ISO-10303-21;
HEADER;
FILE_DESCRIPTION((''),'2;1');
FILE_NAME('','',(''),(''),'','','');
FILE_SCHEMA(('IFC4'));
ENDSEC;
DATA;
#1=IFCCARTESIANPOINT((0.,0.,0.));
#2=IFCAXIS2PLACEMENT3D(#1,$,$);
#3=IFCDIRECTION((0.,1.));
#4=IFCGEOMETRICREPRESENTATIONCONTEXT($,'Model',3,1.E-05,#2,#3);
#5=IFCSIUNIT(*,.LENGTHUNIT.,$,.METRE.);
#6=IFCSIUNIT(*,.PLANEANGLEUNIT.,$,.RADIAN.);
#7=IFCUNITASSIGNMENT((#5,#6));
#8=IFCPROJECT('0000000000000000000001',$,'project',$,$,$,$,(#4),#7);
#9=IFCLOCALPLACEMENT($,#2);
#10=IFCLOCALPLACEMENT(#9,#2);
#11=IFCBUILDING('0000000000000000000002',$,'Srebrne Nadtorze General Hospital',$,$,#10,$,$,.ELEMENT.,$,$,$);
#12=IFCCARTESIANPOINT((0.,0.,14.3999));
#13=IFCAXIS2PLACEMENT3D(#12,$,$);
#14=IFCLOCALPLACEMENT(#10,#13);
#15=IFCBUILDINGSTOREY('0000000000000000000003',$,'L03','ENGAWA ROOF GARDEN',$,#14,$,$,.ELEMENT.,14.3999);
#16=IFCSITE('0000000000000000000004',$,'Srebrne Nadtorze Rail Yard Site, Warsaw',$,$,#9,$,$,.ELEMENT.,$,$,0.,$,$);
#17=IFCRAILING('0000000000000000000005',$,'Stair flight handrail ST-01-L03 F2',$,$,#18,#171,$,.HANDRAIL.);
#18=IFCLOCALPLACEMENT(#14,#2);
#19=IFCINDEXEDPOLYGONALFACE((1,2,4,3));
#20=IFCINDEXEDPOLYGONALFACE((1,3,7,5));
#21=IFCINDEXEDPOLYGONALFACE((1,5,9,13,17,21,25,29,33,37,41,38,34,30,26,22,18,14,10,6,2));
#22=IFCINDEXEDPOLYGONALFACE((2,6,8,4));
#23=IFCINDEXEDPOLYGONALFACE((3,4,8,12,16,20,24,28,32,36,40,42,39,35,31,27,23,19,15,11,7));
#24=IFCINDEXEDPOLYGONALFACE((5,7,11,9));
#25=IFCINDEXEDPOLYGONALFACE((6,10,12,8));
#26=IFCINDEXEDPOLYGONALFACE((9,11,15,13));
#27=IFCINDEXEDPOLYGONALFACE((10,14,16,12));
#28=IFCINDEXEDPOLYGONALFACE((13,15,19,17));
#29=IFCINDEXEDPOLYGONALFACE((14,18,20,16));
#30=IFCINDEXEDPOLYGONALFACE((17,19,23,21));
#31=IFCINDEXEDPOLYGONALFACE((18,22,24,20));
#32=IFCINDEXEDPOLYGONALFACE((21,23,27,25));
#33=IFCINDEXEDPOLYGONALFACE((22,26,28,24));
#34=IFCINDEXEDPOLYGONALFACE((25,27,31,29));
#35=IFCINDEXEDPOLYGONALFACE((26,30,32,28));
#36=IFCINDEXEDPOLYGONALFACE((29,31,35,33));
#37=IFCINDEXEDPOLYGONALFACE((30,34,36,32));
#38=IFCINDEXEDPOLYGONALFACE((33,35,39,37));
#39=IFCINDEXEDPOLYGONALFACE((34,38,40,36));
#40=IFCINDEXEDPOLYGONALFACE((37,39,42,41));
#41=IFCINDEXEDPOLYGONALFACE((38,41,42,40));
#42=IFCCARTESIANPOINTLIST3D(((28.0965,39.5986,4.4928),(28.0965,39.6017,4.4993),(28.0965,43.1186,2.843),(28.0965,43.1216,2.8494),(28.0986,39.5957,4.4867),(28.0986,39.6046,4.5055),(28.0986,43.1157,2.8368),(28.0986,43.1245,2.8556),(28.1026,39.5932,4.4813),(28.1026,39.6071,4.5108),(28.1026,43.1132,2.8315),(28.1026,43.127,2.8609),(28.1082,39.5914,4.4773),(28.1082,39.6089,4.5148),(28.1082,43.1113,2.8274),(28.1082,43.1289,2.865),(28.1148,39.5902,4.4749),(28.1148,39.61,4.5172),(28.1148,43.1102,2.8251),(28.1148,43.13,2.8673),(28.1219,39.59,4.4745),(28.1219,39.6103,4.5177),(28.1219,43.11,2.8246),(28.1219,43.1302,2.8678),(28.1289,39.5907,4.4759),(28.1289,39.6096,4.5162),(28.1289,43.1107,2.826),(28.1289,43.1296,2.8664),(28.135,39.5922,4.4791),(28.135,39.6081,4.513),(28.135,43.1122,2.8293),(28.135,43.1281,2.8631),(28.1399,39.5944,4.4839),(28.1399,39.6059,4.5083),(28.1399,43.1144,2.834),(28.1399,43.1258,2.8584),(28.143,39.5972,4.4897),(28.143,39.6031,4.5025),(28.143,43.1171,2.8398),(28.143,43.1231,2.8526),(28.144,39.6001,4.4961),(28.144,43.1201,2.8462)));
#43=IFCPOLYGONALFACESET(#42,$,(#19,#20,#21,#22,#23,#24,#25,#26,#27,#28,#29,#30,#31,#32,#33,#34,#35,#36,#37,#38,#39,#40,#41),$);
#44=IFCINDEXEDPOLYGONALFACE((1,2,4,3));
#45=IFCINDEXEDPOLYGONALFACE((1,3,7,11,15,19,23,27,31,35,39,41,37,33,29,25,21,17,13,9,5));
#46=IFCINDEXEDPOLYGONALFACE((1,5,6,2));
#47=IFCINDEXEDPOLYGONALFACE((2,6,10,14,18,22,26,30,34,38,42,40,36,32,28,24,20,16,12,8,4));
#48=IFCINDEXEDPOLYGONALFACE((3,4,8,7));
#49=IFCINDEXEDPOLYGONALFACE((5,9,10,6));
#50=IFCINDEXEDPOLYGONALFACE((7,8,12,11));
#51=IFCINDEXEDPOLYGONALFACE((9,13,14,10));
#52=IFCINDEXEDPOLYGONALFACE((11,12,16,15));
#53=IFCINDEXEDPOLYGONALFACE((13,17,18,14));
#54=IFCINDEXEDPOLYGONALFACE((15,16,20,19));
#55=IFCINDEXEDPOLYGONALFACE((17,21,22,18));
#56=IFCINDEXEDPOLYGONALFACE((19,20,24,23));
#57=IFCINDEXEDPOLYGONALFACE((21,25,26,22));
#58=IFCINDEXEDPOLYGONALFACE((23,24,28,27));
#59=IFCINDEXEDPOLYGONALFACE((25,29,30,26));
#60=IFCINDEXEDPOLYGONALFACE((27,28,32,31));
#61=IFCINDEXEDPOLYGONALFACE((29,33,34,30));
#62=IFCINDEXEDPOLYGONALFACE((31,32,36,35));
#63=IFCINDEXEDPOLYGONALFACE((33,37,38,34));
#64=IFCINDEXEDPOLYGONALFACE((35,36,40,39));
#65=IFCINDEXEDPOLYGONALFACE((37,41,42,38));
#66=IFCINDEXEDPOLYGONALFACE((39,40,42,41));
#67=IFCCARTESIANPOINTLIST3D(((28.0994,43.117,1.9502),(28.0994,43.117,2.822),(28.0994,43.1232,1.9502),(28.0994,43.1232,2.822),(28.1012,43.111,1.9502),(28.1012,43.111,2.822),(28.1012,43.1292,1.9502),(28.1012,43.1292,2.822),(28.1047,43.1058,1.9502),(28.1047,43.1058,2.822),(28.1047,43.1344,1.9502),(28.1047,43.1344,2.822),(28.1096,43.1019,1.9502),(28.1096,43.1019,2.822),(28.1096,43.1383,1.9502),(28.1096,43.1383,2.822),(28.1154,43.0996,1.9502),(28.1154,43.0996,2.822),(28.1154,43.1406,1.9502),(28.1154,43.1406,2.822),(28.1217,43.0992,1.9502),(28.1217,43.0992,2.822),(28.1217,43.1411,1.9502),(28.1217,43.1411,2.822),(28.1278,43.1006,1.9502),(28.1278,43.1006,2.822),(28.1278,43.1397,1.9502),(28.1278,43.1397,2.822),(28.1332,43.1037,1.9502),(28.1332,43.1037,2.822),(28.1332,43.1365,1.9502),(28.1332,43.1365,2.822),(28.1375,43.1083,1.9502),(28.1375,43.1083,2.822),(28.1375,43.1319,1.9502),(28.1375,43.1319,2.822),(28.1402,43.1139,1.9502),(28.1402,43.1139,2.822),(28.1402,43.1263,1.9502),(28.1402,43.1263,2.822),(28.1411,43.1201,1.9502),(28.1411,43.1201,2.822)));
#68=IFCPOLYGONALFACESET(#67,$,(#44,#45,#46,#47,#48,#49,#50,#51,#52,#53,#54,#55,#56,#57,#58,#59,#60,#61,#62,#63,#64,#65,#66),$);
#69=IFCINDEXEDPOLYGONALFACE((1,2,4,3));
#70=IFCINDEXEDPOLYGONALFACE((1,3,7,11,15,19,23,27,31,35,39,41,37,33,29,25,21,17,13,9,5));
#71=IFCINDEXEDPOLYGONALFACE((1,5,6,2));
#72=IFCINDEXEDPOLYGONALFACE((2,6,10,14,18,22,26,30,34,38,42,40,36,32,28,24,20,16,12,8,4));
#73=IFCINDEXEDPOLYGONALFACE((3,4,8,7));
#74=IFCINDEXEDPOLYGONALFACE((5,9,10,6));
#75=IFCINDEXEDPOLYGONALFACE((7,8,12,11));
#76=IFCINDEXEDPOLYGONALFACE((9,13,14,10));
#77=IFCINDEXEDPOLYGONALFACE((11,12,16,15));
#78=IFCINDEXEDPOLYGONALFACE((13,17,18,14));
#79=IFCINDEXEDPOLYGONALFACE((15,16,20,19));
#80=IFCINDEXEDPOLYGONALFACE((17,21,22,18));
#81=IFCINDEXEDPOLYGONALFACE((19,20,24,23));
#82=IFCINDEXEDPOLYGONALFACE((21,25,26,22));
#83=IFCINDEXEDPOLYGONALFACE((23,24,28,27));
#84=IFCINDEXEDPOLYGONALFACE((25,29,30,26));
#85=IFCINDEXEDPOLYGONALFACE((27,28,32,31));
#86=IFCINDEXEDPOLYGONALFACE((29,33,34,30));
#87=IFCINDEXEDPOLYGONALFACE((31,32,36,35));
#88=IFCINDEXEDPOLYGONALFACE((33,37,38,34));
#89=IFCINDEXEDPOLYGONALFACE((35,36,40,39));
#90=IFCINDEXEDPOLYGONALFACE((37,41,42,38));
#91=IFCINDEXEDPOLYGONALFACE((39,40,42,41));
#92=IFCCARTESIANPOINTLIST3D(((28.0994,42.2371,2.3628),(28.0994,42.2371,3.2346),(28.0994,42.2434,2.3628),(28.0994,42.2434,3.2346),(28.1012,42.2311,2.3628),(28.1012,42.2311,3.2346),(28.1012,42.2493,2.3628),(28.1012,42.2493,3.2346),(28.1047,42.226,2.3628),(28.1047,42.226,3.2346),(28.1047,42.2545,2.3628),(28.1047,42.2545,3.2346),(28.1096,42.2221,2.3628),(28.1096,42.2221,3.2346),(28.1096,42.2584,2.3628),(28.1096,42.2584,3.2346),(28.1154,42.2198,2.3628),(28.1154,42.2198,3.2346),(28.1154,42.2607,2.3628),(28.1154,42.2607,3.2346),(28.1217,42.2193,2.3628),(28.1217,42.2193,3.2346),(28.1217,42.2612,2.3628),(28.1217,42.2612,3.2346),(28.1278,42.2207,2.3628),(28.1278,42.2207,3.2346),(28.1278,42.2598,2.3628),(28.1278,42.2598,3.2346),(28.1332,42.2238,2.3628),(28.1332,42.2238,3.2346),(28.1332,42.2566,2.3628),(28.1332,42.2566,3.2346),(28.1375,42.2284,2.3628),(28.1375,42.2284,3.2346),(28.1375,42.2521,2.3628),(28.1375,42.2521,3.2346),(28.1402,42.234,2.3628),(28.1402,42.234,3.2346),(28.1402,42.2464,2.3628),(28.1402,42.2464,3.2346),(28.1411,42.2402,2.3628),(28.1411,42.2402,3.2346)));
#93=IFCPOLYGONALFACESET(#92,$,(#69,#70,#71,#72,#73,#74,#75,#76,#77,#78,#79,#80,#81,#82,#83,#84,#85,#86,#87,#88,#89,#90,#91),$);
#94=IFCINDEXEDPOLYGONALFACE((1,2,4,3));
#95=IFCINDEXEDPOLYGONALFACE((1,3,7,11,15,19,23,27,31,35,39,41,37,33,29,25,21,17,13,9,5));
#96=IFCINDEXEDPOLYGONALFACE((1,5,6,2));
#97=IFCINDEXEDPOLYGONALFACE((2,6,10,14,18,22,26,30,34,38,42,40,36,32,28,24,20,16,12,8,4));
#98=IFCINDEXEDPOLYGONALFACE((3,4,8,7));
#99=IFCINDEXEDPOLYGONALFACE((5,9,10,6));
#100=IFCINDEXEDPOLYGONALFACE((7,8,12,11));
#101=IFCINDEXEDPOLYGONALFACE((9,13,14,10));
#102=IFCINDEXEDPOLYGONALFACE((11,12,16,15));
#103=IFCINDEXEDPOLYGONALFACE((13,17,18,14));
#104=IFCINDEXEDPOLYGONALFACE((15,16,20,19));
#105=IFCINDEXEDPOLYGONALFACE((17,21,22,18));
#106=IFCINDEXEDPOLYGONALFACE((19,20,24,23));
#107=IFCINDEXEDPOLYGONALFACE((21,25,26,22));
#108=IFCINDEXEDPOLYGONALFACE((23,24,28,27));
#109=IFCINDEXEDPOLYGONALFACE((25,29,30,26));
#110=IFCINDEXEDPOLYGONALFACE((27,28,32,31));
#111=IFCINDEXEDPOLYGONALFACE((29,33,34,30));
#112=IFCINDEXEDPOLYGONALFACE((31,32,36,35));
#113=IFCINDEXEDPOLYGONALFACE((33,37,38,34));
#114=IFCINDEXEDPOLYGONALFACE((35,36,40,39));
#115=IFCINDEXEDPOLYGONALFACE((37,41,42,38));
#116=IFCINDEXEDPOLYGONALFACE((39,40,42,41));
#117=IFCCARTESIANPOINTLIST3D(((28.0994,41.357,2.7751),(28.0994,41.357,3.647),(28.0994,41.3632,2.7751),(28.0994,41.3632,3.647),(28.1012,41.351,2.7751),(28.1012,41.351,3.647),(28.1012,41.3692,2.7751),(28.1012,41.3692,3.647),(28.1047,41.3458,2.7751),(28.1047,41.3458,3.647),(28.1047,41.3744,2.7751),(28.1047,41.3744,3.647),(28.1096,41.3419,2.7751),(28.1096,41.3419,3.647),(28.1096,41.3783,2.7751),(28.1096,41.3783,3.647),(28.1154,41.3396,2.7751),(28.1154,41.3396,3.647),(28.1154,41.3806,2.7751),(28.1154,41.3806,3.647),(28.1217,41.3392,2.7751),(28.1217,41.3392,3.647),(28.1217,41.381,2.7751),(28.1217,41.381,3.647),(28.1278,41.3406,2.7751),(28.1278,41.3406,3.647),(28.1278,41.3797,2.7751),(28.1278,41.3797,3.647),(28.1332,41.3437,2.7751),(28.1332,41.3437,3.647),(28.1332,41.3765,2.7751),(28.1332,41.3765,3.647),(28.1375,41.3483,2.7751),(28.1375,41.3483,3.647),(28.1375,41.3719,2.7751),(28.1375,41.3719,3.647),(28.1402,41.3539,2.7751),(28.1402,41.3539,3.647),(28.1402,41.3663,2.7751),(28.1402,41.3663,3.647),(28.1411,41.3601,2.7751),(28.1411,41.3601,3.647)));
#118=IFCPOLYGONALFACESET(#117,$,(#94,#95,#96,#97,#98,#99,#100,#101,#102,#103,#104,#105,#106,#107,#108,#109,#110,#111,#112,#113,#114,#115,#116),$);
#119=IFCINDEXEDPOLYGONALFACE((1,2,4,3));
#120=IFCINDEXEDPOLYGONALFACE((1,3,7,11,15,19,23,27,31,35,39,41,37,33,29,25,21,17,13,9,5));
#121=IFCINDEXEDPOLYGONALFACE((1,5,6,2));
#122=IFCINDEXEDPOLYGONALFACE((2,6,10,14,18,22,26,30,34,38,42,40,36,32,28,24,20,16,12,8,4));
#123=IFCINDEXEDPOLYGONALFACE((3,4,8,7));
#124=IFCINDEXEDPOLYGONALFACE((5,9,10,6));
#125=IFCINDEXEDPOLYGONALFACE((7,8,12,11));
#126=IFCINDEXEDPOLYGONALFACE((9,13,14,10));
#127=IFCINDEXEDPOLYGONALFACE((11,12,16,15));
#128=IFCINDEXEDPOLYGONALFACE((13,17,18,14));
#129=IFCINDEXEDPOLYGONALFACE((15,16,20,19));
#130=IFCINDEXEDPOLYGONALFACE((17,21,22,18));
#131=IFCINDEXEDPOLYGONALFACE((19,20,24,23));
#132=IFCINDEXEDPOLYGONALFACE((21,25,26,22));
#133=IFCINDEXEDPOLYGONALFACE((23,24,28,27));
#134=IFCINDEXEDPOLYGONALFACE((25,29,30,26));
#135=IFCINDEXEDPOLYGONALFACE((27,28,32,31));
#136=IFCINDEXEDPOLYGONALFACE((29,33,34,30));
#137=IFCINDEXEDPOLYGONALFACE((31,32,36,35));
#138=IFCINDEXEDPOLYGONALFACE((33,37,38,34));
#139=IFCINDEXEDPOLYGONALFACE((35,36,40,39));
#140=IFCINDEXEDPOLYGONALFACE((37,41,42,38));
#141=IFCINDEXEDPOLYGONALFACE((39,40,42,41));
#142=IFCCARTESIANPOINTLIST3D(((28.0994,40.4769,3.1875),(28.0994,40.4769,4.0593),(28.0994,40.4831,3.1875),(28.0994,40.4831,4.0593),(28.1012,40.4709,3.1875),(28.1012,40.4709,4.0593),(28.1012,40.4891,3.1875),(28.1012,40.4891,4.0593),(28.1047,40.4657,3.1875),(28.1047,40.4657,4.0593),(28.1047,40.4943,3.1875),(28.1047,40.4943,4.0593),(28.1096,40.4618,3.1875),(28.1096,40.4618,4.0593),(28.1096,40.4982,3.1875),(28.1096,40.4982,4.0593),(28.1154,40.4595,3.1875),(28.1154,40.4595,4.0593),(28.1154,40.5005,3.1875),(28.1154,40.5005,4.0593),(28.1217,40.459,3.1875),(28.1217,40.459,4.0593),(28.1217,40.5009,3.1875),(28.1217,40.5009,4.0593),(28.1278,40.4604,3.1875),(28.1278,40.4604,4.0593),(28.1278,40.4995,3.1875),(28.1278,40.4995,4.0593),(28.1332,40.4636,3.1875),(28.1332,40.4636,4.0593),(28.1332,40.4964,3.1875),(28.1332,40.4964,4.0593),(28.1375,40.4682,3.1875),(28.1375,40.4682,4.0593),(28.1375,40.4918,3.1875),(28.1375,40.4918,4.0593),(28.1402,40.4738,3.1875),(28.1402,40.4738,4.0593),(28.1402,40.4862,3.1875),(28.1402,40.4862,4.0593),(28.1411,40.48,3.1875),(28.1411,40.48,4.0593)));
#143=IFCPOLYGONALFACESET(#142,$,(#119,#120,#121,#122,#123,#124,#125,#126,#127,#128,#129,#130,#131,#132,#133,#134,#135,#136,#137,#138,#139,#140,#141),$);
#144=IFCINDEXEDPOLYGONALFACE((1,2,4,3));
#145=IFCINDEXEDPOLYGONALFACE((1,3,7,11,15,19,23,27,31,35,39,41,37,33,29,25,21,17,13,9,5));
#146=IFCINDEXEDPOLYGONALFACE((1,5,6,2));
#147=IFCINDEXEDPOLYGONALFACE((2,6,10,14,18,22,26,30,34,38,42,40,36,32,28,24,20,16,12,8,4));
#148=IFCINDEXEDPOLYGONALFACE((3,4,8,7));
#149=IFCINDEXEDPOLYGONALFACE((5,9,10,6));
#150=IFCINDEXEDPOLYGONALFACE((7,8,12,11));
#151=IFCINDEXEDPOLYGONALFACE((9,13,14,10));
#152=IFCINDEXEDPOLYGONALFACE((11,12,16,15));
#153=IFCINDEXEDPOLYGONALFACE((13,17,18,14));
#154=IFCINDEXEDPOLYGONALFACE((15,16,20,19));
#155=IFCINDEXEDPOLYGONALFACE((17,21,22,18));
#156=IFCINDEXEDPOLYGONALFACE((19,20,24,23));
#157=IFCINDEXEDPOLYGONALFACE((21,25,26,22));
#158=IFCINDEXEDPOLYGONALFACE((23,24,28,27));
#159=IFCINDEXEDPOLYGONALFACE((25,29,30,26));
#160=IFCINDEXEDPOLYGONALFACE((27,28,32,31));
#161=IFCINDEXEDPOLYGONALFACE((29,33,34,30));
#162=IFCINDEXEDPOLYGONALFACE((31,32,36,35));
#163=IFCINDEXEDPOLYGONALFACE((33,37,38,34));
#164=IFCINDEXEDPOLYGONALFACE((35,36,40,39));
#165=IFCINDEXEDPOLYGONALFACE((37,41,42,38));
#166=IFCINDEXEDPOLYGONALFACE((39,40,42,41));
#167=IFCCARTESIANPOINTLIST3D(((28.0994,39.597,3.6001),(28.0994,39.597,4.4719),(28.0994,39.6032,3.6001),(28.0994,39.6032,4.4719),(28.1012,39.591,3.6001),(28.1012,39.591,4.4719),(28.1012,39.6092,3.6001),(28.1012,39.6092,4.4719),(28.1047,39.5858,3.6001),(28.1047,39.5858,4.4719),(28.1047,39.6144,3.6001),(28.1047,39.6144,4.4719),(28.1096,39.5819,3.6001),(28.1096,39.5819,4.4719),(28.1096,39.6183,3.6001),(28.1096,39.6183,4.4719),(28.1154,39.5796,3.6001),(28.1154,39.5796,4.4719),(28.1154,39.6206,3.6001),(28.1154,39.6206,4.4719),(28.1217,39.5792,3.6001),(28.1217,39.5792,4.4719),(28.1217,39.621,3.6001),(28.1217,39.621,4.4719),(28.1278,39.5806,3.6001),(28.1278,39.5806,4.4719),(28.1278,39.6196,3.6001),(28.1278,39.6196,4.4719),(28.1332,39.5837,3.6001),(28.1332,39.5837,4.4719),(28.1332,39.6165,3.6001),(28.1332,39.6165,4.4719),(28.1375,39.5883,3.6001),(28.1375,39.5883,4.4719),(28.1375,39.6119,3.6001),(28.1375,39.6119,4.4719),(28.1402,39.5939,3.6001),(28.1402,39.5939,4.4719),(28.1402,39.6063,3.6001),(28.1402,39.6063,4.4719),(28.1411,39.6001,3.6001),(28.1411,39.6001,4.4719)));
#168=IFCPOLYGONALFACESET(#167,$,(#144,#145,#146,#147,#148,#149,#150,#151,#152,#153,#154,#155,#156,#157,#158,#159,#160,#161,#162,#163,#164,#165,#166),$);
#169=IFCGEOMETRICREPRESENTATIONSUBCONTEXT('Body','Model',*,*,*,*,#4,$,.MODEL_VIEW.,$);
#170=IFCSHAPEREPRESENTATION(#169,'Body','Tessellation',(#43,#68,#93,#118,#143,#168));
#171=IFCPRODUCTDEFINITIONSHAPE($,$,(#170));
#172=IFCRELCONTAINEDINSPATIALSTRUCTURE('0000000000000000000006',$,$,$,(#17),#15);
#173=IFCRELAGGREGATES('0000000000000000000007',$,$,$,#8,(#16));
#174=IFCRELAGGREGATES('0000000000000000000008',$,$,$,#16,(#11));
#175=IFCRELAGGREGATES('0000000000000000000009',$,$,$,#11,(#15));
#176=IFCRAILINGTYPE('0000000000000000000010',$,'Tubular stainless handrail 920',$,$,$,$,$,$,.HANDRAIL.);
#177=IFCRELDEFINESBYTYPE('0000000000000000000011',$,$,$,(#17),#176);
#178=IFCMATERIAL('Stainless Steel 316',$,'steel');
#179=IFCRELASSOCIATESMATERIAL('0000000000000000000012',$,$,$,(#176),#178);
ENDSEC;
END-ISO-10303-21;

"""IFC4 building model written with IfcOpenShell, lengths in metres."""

from ifc_helpers import new_model, si_unit, direction, frame, origin, origin_2d, place, context, subcontext, project, spatial, circle, extrude, material, type_object, element, save


model = new_model("IFC4")

# Units and contexts
model_context = context("Model", 3, precision=1e-05, world=origin(), true_north=direction((0.0, 1.0)))
body_context = subcontext(model_context, "Body", "Model", "MODEL_VIEW")
ifc_project = project(units=[si_unit("LENGTHUNIT", "METRE"), si_unit("PLANEANGLEUNIT", "RADIAN")], contexts=[model_context])

# Site, building, storey
site_placement = place(None, origin())
site = spatial("IfcSite", under=ifc_project, at=site_placement, Name="Srebrne Nadtorze Rail Yard Site, Warsaw", CompositionType="ELEMENT", RefElevation=0.0)
building_placement = place(site_placement, origin())
building = spatial("IfcBuilding", under=site, at=building_placement, Name="Srebrne Nadtorze General Hospital", CompositionType="ELEMENT")
storey_placement = place(building_placement, frame((0.0, 0.0, 14.3999)))
storey = spatial("IfcBuildingStorey", under=building, at=storey_placement, Name="L03", Description="ENGAWA ROOF GARDEN", CompositionType="ELEMENT", Elevation=14.3999)

# Railing
ifc_material_1 = material(Name="Stainless Steel 316", Category="steel")
railing_type = type_object("IfcRailingType", Name="Tubular stainless handrail 920", PredefinedType="HANDRAIL", material=ifc_material_1)
railing_placement = place(storey_placement, frame((28.1201, 43.1201, 1.9502)))
element("IfcRailing", 1, at=railing_placement, inside=storey, type_object=railing_type, Name="Stair flight handrail ST-01-L03 F2", PredefinedType="HANDRAIL", context=body_context, shape_type="SweptSolid", body=[
    extrude(circle(Radius=0.0239, at=origin_2d()), frame((0.0, 0.0, 0.896), z_axis=(0.0, -0.905469, 0.424411), x_axis=(1.0, 0.0, 0.0)), (0.0, 0.0, 1.0), 3.8875),
    extrude(circle(Radius=0.021, at=origin_2d()), origin(), (0.0, 0.0, 1.0), 0.8718),
    extrude(circle(Radius=0.021, at=origin_2d()), frame((0.0, -0.8799, 0.4126)), (0.0, 0.0, 1.0), 0.8718),
    extrude(circle(Radius=0.021, at=origin_2d()), frame((0.0, -1.76, 0.825)), (0.0, 0.0, 1.0), 0.8718),
    extrude(circle(Radius=0.021, at=origin_2d()), frame((0.0, -2.6401, 1.2373)), (0.0, 0.0, 1.0), 0.8718),
    extrude(circle(Radius=0.021, at=origin_2d()), frame((0.0, -3.52, 1.6499)), (0.0, 0.0, 1.0), 0.8718),
])

save(model, "model.ifc")
